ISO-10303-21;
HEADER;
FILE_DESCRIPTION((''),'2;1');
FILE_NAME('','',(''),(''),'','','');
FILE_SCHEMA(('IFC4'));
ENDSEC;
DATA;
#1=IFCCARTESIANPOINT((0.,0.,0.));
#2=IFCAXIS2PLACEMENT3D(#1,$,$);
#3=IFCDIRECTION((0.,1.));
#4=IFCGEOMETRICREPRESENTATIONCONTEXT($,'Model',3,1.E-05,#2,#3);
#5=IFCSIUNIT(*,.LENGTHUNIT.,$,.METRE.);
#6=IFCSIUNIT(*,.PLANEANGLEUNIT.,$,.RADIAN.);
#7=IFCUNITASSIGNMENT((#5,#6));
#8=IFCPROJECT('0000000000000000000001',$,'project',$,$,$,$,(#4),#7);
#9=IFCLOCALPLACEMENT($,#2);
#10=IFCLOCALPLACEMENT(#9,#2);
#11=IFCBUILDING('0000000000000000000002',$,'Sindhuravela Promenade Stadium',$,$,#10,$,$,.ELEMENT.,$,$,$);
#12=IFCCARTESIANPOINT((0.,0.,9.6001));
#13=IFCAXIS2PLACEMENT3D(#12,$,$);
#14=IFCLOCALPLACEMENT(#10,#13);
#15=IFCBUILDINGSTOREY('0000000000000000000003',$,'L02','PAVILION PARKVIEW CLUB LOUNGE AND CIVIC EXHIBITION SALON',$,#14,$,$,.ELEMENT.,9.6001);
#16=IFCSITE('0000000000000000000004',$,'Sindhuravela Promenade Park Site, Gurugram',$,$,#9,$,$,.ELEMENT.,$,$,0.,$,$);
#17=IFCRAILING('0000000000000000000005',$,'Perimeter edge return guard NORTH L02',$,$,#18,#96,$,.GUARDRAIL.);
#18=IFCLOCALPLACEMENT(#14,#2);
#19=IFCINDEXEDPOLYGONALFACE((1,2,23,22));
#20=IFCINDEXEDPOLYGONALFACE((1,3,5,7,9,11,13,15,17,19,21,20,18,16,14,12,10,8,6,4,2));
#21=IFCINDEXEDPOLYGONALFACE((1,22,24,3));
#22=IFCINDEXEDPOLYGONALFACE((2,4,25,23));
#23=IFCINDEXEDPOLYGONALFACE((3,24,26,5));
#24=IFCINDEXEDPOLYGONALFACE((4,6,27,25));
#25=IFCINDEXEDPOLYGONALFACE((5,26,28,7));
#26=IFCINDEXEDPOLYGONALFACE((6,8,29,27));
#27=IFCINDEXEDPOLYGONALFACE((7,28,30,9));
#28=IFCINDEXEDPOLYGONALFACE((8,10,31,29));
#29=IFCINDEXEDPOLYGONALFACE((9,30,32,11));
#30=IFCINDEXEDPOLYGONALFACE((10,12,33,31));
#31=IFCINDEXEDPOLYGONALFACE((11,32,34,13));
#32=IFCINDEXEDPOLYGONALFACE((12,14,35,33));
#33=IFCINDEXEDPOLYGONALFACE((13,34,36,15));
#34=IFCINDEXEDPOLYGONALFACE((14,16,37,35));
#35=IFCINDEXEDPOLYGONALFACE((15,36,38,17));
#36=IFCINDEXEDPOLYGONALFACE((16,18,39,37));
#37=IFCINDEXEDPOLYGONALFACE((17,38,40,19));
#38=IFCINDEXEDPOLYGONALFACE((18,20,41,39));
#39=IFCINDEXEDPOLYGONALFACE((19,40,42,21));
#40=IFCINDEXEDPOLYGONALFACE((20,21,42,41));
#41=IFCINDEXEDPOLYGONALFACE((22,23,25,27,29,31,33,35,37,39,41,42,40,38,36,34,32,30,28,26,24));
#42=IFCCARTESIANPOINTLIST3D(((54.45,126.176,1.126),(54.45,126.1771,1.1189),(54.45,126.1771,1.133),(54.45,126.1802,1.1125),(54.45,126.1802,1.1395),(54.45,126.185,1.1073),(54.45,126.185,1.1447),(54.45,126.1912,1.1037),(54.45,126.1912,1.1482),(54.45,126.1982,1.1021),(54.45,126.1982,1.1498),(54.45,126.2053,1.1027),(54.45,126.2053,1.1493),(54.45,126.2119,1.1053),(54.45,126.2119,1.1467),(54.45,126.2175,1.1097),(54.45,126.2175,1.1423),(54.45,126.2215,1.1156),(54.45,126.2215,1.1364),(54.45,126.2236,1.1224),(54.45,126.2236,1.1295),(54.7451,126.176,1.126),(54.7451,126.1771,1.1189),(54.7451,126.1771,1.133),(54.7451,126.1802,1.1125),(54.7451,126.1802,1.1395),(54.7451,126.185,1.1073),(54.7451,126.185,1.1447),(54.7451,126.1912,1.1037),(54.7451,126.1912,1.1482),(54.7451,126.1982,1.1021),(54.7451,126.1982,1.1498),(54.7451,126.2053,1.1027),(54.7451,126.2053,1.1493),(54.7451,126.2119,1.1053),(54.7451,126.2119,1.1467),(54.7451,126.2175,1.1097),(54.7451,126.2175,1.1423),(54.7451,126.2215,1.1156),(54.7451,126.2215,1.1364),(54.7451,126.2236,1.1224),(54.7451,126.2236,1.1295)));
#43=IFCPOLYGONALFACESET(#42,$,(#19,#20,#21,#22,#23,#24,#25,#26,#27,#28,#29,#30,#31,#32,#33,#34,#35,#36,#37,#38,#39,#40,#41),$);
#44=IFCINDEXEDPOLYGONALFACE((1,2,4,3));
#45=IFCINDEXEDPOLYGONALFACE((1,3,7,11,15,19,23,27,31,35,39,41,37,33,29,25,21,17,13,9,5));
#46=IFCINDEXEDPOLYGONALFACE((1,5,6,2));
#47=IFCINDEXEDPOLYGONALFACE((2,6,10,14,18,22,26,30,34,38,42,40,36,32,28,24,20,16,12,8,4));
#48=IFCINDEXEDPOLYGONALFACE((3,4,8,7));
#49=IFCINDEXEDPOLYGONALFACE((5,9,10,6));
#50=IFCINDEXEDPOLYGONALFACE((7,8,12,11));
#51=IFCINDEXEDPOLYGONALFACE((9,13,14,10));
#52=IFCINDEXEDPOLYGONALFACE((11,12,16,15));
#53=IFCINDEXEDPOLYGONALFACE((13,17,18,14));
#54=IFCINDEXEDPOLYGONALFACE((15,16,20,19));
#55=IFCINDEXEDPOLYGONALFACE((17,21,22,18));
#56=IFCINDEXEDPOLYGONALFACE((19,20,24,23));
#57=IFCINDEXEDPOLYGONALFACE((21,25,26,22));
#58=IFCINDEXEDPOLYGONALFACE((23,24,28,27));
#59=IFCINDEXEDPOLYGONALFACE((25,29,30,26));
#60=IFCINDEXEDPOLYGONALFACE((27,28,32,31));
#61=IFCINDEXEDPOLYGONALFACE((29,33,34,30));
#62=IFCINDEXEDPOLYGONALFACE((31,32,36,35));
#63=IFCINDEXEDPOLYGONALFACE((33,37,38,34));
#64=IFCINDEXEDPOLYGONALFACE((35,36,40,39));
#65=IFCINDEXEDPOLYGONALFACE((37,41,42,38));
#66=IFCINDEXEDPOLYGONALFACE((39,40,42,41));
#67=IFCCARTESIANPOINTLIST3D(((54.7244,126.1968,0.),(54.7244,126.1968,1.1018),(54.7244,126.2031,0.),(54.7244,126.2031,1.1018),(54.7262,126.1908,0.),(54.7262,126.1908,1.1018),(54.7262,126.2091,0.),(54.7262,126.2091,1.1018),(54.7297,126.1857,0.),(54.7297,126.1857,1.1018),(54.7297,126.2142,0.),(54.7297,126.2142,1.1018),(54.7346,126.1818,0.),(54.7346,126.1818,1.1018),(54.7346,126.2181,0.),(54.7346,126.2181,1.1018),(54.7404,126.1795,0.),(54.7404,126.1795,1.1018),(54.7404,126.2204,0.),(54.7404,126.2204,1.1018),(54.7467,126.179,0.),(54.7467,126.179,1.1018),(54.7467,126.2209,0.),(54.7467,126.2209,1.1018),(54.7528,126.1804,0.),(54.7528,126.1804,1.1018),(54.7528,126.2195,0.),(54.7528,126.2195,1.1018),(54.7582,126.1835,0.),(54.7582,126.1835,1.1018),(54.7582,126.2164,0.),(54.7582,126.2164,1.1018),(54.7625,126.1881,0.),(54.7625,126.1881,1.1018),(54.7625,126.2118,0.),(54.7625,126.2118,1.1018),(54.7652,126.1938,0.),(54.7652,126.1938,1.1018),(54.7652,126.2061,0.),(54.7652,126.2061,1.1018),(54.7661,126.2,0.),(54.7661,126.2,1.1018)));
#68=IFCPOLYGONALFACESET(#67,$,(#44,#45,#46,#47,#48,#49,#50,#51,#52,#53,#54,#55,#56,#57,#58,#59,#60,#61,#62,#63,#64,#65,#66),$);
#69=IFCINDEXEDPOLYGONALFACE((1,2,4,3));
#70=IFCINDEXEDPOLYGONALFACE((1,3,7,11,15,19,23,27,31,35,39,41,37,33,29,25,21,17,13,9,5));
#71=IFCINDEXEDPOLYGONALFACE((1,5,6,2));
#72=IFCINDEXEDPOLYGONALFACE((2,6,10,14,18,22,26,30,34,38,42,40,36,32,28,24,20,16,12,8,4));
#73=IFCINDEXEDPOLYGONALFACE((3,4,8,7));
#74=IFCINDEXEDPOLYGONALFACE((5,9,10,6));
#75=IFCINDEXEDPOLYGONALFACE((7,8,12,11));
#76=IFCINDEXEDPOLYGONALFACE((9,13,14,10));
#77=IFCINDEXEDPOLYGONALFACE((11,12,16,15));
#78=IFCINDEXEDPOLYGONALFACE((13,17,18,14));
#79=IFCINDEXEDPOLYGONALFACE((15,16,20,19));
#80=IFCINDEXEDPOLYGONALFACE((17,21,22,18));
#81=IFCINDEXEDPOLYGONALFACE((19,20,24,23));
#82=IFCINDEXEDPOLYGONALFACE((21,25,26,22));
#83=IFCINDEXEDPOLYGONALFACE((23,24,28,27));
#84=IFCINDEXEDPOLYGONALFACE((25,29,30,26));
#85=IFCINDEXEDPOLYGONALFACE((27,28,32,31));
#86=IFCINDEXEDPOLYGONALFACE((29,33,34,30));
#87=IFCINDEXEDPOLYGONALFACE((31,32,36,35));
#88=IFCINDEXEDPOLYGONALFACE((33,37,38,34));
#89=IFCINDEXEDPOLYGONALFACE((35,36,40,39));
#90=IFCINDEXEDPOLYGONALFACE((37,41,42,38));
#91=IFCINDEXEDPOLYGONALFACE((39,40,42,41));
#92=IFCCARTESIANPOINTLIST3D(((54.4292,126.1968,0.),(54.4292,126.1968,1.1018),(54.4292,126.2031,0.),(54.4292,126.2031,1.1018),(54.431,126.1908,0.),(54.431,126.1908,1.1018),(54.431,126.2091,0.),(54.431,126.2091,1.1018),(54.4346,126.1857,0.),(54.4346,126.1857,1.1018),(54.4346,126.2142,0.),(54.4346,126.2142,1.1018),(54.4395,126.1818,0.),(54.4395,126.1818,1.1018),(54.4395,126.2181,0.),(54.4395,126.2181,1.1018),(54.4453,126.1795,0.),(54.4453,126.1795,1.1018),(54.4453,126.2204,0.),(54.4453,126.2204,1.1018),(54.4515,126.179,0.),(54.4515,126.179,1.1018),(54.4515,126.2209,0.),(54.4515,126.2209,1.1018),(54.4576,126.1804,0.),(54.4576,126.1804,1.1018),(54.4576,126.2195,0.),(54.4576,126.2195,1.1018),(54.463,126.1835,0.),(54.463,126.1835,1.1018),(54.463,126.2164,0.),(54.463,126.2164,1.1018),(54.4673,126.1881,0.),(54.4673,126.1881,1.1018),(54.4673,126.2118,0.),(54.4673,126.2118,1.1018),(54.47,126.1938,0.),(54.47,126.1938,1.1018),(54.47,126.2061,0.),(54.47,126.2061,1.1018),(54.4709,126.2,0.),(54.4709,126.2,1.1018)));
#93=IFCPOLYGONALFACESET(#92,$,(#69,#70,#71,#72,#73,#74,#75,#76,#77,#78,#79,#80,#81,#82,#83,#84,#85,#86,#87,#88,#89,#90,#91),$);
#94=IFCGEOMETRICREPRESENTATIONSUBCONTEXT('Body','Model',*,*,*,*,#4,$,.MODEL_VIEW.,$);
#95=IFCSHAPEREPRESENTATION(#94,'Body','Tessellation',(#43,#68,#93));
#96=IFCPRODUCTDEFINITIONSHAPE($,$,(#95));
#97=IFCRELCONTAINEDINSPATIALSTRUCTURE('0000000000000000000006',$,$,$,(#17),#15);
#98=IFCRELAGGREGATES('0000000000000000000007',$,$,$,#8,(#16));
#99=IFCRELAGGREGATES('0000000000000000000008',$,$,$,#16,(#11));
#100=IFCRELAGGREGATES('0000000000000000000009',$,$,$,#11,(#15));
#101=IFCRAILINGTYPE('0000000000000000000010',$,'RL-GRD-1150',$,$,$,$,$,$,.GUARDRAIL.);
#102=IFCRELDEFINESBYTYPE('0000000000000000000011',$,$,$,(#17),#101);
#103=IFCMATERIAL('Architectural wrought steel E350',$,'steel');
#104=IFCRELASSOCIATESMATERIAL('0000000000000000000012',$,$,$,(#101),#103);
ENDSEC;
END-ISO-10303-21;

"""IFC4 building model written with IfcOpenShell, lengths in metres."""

from ifc_helpers import new_model, si_unit, direction, frame, origin, origin_2d, place, context, subcontext, project, spatial, circle, extrude, material, type_object, element, save


model = new_model("IFC4")

# Units and contexts
model_context = context("Model", 3, precision=1e-05, world=origin(), true_north=direction((0.0, 1.0)))
body_context = subcontext(model_context, "Body", "Model", "MODEL_VIEW")
ifc_project = project(units=[si_unit("LENGTHUNIT", "METRE"), si_unit("PLANEANGLEUNIT", "RADIAN")], contexts=[model_context])

# Site, building, storey
site_placement = place(None, origin())
site = spatial("IfcSite", under=ifc_project, at=site_placement, Name="Sindhuravela Promenade Park Site, Gurugram", CompositionType="ELEMENT", RefElevation=0.0)
building_placement = place(site_placement, origin())
building = spatial("IfcBuilding", under=site, at=building_placement, Name="Sindhuravela Promenade Stadium", CompositionType="ELEMENT")
storey_placement = place(building_placement, frame((0.0, 0.0, 9.6001)))
storey = spatial("IfcBuildingStorey", under=building, at=storey_placement, Name="L02", Description="PAVILION PARKVIEW CLUB LOUNGE AND CIVIC EXHIBITION SALON", CompositionType="ELEMENT", Elevation=9.6001)

# Railing
ifc_material_1 = material(Name="Architectural wrought steel E350", Category="steel")
railing_type = type_object("IfcRailingType", Name="RL-GRD-1150", PredefinedType="GUARDRAIL", material=ifc_material_1)
railing_placement = place(storey_placement, frame((54.7451, 126.2, 0.0)))
element("IfcRailing", 1, at=railing_placement, inside=storey, type_object=railing_type, Name="Perimeter edge return guard NORTH L02", PredefinedType="GUARDRAIL", context=body_context, shape_type="SweptSolid", body=[
    extrude(circle(Radius=0.0239, at=origin_2d()), frame((0.0, 0.0, 1.126), z_axis=(-1.0, 0.0, 0.0), x_axis=(0.0, -1.0, 0.0)), (0.0, 0.0, 1.0), 0.2952),
    extrude(circle(Radius=0.021, at=origin_2d()), origin(), (0.0, 0.0, 1.0), 1.1018),
    extrude(circle(Radius=0.021, at=origin_2d()), frame((-0.2952, 0.0, 0.0)), (0.0, 0.0, 1.0), 1.1018),
])

save(model, "model.ifc")
